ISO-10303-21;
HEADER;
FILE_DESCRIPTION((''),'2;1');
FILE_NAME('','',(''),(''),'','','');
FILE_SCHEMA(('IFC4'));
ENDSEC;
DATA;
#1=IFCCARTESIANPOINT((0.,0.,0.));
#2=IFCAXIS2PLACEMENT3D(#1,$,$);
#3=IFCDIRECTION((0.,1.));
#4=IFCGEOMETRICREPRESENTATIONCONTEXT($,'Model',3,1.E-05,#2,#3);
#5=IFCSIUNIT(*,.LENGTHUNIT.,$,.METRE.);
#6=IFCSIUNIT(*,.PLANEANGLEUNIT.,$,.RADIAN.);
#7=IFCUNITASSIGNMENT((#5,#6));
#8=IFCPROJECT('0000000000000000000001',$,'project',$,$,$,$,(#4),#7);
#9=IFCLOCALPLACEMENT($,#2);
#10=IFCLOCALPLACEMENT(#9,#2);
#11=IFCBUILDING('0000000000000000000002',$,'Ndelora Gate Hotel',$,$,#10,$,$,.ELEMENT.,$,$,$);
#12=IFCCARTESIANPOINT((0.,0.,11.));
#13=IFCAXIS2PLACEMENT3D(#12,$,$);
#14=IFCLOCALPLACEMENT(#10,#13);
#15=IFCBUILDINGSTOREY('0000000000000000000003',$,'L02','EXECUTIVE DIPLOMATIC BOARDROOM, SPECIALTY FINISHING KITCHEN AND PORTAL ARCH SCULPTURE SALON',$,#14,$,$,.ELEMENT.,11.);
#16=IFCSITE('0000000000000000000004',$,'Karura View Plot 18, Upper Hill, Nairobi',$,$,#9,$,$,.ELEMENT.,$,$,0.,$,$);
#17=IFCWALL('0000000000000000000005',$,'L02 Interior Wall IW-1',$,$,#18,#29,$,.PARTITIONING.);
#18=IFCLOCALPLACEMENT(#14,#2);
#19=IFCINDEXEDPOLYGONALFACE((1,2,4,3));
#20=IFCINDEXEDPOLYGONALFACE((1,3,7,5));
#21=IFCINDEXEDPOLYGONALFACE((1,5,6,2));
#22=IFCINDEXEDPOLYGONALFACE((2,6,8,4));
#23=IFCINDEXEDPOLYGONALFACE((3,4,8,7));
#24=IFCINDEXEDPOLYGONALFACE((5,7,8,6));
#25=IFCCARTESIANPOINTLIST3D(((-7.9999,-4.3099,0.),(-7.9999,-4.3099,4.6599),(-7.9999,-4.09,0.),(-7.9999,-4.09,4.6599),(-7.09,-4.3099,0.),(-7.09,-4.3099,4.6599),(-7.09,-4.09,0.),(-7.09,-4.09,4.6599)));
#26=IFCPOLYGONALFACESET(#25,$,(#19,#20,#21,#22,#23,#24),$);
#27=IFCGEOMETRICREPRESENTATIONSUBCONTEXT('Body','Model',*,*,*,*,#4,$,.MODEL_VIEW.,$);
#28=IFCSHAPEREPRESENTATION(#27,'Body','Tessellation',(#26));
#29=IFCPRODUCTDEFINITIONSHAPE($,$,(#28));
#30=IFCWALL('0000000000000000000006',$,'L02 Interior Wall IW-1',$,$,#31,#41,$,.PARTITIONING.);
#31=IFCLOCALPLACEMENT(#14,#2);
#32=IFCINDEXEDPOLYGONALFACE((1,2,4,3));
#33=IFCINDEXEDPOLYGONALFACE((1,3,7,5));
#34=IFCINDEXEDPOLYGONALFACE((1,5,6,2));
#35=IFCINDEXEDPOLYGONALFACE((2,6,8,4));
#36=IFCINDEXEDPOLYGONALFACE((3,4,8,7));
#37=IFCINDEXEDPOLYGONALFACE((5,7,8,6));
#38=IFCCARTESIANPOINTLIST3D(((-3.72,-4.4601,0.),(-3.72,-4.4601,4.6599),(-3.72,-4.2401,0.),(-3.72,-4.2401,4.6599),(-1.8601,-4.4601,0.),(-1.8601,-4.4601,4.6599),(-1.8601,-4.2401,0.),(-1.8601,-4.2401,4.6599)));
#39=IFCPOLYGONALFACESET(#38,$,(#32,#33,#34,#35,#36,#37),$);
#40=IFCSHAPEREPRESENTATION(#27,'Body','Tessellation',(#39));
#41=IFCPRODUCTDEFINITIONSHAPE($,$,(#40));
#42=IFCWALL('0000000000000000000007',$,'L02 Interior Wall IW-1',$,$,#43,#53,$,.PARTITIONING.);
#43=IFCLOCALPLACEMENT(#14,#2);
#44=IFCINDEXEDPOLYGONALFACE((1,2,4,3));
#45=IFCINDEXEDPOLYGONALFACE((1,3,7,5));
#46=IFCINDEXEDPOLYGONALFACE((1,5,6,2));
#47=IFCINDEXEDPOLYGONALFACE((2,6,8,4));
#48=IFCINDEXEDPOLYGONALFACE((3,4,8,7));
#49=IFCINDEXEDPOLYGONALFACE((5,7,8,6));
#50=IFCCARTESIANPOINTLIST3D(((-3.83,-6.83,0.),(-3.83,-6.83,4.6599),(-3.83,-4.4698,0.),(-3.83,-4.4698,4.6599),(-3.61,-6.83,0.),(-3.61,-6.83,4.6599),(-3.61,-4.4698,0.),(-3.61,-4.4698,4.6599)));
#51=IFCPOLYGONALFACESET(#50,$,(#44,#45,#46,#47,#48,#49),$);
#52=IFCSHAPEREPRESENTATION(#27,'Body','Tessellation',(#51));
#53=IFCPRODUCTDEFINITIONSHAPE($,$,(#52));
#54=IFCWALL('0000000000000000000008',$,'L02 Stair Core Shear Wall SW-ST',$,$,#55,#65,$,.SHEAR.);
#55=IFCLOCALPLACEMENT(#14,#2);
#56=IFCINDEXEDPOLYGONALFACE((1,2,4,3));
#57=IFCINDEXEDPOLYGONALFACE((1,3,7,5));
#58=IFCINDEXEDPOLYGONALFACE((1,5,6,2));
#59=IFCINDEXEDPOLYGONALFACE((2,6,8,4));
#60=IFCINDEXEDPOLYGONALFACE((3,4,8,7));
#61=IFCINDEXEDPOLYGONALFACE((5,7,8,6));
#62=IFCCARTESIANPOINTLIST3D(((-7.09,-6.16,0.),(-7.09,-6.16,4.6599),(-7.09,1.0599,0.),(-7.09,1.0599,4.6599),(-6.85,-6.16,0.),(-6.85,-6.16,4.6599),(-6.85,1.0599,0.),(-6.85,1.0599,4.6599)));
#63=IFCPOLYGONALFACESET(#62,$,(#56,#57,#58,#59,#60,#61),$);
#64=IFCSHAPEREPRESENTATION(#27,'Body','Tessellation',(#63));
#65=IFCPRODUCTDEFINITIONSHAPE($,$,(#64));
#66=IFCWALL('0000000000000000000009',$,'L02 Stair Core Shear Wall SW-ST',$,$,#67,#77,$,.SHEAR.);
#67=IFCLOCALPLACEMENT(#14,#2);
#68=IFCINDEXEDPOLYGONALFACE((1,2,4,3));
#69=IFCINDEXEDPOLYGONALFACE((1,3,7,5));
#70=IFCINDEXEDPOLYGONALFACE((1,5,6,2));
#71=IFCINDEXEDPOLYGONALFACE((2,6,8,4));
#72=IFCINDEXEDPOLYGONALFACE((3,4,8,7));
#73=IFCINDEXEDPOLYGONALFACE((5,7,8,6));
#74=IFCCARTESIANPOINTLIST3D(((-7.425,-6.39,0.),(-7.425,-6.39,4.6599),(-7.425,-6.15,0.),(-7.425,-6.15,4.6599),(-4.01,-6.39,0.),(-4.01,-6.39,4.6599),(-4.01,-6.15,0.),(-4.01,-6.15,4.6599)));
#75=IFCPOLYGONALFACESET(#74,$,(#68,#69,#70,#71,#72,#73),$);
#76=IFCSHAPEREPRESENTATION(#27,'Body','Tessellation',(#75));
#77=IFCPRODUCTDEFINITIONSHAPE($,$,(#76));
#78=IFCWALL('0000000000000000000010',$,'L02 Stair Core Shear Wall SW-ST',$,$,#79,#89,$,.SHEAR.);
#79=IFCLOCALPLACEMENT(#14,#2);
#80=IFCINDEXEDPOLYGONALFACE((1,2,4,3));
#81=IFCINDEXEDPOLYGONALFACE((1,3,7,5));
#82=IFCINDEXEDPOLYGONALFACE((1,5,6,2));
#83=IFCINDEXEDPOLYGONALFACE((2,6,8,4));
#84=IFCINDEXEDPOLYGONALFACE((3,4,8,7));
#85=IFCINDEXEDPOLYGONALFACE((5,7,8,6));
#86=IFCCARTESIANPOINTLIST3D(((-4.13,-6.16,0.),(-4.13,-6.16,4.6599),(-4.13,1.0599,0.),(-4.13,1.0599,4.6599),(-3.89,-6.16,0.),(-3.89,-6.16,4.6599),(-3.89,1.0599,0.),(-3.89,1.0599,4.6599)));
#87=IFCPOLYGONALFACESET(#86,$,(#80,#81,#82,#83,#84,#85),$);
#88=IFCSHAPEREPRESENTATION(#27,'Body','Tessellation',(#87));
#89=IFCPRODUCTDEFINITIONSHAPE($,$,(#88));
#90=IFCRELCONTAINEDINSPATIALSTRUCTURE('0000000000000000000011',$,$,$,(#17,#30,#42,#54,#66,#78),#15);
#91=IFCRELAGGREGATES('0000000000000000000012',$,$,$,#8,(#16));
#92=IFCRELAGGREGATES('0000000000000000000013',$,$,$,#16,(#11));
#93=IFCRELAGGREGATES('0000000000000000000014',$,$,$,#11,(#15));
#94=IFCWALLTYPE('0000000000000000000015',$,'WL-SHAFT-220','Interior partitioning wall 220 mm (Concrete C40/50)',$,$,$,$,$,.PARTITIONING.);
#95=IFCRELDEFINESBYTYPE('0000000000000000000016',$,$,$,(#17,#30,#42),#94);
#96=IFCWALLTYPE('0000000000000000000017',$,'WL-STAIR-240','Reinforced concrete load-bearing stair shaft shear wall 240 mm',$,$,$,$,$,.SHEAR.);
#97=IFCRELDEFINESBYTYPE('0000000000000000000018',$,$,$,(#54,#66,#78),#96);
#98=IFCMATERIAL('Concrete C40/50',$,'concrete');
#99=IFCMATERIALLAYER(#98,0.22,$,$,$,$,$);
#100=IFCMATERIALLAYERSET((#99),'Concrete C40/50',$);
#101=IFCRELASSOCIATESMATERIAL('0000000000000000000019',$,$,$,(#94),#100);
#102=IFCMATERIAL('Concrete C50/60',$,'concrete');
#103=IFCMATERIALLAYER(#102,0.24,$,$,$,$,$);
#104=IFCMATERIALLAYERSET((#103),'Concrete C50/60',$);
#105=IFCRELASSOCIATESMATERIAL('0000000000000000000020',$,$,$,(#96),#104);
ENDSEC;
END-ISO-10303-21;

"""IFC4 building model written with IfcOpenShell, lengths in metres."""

from ifc_helpers import new_model, si_unit, direction, frame, frame_2d, origin, place, context, subcontext, project, spatial, rectangle, extrude, material, layer, layer_set, type_object, element, save


model = new_model("IFC4")

# Units and contexts
model_context = context("Model", 3, precision=1e-05, world=origin(), true_north=direction((0.0, 1.0)))
body_context = subcontext(model_context, "Body", "Model", "MODEL_VIEW")
ifc_project = project(units=[si_unit("LENGTHUNIT", "METRE"), si_unit("PLANEANGLEUNIT", "RADIAN")], contexts=[model_context])

# Site, building, storey
site_placement = place(None, origin())
site = spatial("IfcSite", under=ifc_project, at=site_placement, Name="Karura View Plot 18, Upper Hill, Nairobi", CompositionType="ELEMENT", RefElevation=0.0)
building_placement = place(site_placement, origin())
building = spatial("IfcBuilding", under=site, at=building_placement, Name="Ndelora Gate Hotel", CompositionType="ELEMENT")
storey_placement = place(building_placement, frame((0.0, 0.0, 11.0)))
storey = spatial("IfcBuildingStorey", under=building, at=storey_placement, Name="L02", Description="EXECUTIVE DIPLOMATIC BOARDROOM, SPECIALTY FINISHING KITCHEN AND PORTAL ARCH SCULPTURE SALON", CompositionType="ELEMENT", Elevation=11.0)

# Wall
ifc_material_1 = material(Name="Concrete C40/50", Category="concrete")
ifc_layer_1 = layer(ifc_material_1, 0.22)
ifc_layer_set_1 = layer_set([ifc_layer_1], Name="Concrete C40/50")
wall_type_1 = type_object("IfcWallType", Name="WL-SHAFT-220", Description="Interior partitioning wall 220 mm (Concrete C40/50)", PredefinedType="PARTITIONING", material=ifc_layer_set_1)
wall_1_placement = place(storey_placement, frame((-8.0, -4.2, 0.0), z_axis=(0.0, 0.0, 1.0), x_axis=(1.0, 0.0, 0.0)))
element("IfcWall", 1, at=wall_1_placement, inside=storey, type_object=wall_type_1, Name="L02 Interior Wall IW-1", PredefinedType="PARTITIONING", context=body_context, shape_type="SweptSolid", body=[
    extrude(rectangle(XDim=0.9099, YDim=0.22, at=frame_2d((0.4551, 0.0))), origin(), (0.0, 0.0, 1.0), 4.6599),
])

# Walls
wall_2_placement = place(storey_placement, frame((-3.72, -4.3501, 0.0), z_axis=(0.0, 0.0, 1.0), x_axis=(1.0, 0.0, 0.0)))
element("IfcWall", 2, at=wall_2_placement, inside=storey, type_object=wall_type_1, Name="L02 Interior Wall IW-1", PredefinedType="PARTITIONING", context=body_context, shape_type="SweptSolid", body=[
    extrude(rectangle(XDim=1.8599, YDim=0.22, at=frame_2d((0.9299, 0.0))), origin(), (0.0, 0.0, 1.0), 4.6599),
])
wall_3_placement = place(storey_placement, frame((-3.72, -6.8301, 0.0), z_axis=(0.0, 0.0, 1.0), x_axis=(0.0, 1.0, 0.0)))
element("IfcWall", 3, at=wall_3_placement, inside=storey, type_object=wall_type_1, Name="L02 Interior Wall IW-1", PredefinedType="PARTITIONING", context=body_context, shape_type="SweptSolid", body=[
    extrude(rectangle(XDim=2.3601, YDim=0.22, at=frame_2d((1.1802, 0.0))), origin(), (0.0, 0.0, 1.0), 4.6599),
])
ifc_material_2 = material(Name="Concrete C50/60", Category="concrete")
ifc_layer_2 = layer(ifc_material_2, 0.24)
ifc_layer_set_2 = layer_set([ifc_layer_2], Name="Concrete C50/60")
wall_type_2 = type_object("IfcWallType", Name="WL-STAIR-240", Description="Reinforced concrete load-bearing stair shaft shear wall 240 mm", PredefinedType="SHEAR", material=ifc_layer_set_2)
wall_4_placement = place(storey_placement, frame((-6.97, -6.1599, 0.0), z_axis=(0.0, 0.0, 1.0), x_axis=(0.0, 1.0, 0.0)))
element("IfcWall", 4, at=wall_4_placement, inside=storey, type_object=wall_type_2, Name="L02 Stair Core Shear Wall SW-ST", PredefinedType="SHEAR", context=body_context, shape_type="SweptSolid", body=[
    extrude(rectangle(XDim=7.22, YDim=0.24, at=frame_2d((3.6099, 0.0))), origin(), (0.0, 0.0, 1.0), 4.6599),
])
wall_5_placement = place(storey_placement, frame((-7.425, -6.27, 0.0), z_axis=(0.0, 0.0, 1.0), x_axis=(1.0, 0.0, 0.0)))
element("IfcWall", 5, at=wall_5_placement, inside=storey, type_object=wall_type_2, Name="L02 Stair Core Shear Wall SW-ST", PredefinedType="SHEAR", context=body_context, shape_type="SweptSolid", body=[
    extrude(rectangle(XDim=3.415, YDim=0.24, at=frame_2d((1.7075, 0.0))), origin(), (0.0, 0.0, 1.0), 4.6599),
])
wall_6_placement = place(storey_placement, frame((-4.01, -6.1599, 0.0), z_axis=(0.0, 0.0, 1.0), x_axis=(0.0, 1.0, 0.0)))
element("IfcWall", 6, at=wall_6_placement, inside=storey, type_object=wall_type_2, Name="L02 Stair Core Shear Wall SW-ST", PredefinedType="SHEAR", context=body_context, shape_type="SweptSolid", body=[
    extrude(rectangle(XDim=7.22, YDim=0.24, at=frame_2d((3.6099, 0.0))), origin(), (0.0, 0.0, 1.0), 4.6599),
])

save(model, "model.ifc")
